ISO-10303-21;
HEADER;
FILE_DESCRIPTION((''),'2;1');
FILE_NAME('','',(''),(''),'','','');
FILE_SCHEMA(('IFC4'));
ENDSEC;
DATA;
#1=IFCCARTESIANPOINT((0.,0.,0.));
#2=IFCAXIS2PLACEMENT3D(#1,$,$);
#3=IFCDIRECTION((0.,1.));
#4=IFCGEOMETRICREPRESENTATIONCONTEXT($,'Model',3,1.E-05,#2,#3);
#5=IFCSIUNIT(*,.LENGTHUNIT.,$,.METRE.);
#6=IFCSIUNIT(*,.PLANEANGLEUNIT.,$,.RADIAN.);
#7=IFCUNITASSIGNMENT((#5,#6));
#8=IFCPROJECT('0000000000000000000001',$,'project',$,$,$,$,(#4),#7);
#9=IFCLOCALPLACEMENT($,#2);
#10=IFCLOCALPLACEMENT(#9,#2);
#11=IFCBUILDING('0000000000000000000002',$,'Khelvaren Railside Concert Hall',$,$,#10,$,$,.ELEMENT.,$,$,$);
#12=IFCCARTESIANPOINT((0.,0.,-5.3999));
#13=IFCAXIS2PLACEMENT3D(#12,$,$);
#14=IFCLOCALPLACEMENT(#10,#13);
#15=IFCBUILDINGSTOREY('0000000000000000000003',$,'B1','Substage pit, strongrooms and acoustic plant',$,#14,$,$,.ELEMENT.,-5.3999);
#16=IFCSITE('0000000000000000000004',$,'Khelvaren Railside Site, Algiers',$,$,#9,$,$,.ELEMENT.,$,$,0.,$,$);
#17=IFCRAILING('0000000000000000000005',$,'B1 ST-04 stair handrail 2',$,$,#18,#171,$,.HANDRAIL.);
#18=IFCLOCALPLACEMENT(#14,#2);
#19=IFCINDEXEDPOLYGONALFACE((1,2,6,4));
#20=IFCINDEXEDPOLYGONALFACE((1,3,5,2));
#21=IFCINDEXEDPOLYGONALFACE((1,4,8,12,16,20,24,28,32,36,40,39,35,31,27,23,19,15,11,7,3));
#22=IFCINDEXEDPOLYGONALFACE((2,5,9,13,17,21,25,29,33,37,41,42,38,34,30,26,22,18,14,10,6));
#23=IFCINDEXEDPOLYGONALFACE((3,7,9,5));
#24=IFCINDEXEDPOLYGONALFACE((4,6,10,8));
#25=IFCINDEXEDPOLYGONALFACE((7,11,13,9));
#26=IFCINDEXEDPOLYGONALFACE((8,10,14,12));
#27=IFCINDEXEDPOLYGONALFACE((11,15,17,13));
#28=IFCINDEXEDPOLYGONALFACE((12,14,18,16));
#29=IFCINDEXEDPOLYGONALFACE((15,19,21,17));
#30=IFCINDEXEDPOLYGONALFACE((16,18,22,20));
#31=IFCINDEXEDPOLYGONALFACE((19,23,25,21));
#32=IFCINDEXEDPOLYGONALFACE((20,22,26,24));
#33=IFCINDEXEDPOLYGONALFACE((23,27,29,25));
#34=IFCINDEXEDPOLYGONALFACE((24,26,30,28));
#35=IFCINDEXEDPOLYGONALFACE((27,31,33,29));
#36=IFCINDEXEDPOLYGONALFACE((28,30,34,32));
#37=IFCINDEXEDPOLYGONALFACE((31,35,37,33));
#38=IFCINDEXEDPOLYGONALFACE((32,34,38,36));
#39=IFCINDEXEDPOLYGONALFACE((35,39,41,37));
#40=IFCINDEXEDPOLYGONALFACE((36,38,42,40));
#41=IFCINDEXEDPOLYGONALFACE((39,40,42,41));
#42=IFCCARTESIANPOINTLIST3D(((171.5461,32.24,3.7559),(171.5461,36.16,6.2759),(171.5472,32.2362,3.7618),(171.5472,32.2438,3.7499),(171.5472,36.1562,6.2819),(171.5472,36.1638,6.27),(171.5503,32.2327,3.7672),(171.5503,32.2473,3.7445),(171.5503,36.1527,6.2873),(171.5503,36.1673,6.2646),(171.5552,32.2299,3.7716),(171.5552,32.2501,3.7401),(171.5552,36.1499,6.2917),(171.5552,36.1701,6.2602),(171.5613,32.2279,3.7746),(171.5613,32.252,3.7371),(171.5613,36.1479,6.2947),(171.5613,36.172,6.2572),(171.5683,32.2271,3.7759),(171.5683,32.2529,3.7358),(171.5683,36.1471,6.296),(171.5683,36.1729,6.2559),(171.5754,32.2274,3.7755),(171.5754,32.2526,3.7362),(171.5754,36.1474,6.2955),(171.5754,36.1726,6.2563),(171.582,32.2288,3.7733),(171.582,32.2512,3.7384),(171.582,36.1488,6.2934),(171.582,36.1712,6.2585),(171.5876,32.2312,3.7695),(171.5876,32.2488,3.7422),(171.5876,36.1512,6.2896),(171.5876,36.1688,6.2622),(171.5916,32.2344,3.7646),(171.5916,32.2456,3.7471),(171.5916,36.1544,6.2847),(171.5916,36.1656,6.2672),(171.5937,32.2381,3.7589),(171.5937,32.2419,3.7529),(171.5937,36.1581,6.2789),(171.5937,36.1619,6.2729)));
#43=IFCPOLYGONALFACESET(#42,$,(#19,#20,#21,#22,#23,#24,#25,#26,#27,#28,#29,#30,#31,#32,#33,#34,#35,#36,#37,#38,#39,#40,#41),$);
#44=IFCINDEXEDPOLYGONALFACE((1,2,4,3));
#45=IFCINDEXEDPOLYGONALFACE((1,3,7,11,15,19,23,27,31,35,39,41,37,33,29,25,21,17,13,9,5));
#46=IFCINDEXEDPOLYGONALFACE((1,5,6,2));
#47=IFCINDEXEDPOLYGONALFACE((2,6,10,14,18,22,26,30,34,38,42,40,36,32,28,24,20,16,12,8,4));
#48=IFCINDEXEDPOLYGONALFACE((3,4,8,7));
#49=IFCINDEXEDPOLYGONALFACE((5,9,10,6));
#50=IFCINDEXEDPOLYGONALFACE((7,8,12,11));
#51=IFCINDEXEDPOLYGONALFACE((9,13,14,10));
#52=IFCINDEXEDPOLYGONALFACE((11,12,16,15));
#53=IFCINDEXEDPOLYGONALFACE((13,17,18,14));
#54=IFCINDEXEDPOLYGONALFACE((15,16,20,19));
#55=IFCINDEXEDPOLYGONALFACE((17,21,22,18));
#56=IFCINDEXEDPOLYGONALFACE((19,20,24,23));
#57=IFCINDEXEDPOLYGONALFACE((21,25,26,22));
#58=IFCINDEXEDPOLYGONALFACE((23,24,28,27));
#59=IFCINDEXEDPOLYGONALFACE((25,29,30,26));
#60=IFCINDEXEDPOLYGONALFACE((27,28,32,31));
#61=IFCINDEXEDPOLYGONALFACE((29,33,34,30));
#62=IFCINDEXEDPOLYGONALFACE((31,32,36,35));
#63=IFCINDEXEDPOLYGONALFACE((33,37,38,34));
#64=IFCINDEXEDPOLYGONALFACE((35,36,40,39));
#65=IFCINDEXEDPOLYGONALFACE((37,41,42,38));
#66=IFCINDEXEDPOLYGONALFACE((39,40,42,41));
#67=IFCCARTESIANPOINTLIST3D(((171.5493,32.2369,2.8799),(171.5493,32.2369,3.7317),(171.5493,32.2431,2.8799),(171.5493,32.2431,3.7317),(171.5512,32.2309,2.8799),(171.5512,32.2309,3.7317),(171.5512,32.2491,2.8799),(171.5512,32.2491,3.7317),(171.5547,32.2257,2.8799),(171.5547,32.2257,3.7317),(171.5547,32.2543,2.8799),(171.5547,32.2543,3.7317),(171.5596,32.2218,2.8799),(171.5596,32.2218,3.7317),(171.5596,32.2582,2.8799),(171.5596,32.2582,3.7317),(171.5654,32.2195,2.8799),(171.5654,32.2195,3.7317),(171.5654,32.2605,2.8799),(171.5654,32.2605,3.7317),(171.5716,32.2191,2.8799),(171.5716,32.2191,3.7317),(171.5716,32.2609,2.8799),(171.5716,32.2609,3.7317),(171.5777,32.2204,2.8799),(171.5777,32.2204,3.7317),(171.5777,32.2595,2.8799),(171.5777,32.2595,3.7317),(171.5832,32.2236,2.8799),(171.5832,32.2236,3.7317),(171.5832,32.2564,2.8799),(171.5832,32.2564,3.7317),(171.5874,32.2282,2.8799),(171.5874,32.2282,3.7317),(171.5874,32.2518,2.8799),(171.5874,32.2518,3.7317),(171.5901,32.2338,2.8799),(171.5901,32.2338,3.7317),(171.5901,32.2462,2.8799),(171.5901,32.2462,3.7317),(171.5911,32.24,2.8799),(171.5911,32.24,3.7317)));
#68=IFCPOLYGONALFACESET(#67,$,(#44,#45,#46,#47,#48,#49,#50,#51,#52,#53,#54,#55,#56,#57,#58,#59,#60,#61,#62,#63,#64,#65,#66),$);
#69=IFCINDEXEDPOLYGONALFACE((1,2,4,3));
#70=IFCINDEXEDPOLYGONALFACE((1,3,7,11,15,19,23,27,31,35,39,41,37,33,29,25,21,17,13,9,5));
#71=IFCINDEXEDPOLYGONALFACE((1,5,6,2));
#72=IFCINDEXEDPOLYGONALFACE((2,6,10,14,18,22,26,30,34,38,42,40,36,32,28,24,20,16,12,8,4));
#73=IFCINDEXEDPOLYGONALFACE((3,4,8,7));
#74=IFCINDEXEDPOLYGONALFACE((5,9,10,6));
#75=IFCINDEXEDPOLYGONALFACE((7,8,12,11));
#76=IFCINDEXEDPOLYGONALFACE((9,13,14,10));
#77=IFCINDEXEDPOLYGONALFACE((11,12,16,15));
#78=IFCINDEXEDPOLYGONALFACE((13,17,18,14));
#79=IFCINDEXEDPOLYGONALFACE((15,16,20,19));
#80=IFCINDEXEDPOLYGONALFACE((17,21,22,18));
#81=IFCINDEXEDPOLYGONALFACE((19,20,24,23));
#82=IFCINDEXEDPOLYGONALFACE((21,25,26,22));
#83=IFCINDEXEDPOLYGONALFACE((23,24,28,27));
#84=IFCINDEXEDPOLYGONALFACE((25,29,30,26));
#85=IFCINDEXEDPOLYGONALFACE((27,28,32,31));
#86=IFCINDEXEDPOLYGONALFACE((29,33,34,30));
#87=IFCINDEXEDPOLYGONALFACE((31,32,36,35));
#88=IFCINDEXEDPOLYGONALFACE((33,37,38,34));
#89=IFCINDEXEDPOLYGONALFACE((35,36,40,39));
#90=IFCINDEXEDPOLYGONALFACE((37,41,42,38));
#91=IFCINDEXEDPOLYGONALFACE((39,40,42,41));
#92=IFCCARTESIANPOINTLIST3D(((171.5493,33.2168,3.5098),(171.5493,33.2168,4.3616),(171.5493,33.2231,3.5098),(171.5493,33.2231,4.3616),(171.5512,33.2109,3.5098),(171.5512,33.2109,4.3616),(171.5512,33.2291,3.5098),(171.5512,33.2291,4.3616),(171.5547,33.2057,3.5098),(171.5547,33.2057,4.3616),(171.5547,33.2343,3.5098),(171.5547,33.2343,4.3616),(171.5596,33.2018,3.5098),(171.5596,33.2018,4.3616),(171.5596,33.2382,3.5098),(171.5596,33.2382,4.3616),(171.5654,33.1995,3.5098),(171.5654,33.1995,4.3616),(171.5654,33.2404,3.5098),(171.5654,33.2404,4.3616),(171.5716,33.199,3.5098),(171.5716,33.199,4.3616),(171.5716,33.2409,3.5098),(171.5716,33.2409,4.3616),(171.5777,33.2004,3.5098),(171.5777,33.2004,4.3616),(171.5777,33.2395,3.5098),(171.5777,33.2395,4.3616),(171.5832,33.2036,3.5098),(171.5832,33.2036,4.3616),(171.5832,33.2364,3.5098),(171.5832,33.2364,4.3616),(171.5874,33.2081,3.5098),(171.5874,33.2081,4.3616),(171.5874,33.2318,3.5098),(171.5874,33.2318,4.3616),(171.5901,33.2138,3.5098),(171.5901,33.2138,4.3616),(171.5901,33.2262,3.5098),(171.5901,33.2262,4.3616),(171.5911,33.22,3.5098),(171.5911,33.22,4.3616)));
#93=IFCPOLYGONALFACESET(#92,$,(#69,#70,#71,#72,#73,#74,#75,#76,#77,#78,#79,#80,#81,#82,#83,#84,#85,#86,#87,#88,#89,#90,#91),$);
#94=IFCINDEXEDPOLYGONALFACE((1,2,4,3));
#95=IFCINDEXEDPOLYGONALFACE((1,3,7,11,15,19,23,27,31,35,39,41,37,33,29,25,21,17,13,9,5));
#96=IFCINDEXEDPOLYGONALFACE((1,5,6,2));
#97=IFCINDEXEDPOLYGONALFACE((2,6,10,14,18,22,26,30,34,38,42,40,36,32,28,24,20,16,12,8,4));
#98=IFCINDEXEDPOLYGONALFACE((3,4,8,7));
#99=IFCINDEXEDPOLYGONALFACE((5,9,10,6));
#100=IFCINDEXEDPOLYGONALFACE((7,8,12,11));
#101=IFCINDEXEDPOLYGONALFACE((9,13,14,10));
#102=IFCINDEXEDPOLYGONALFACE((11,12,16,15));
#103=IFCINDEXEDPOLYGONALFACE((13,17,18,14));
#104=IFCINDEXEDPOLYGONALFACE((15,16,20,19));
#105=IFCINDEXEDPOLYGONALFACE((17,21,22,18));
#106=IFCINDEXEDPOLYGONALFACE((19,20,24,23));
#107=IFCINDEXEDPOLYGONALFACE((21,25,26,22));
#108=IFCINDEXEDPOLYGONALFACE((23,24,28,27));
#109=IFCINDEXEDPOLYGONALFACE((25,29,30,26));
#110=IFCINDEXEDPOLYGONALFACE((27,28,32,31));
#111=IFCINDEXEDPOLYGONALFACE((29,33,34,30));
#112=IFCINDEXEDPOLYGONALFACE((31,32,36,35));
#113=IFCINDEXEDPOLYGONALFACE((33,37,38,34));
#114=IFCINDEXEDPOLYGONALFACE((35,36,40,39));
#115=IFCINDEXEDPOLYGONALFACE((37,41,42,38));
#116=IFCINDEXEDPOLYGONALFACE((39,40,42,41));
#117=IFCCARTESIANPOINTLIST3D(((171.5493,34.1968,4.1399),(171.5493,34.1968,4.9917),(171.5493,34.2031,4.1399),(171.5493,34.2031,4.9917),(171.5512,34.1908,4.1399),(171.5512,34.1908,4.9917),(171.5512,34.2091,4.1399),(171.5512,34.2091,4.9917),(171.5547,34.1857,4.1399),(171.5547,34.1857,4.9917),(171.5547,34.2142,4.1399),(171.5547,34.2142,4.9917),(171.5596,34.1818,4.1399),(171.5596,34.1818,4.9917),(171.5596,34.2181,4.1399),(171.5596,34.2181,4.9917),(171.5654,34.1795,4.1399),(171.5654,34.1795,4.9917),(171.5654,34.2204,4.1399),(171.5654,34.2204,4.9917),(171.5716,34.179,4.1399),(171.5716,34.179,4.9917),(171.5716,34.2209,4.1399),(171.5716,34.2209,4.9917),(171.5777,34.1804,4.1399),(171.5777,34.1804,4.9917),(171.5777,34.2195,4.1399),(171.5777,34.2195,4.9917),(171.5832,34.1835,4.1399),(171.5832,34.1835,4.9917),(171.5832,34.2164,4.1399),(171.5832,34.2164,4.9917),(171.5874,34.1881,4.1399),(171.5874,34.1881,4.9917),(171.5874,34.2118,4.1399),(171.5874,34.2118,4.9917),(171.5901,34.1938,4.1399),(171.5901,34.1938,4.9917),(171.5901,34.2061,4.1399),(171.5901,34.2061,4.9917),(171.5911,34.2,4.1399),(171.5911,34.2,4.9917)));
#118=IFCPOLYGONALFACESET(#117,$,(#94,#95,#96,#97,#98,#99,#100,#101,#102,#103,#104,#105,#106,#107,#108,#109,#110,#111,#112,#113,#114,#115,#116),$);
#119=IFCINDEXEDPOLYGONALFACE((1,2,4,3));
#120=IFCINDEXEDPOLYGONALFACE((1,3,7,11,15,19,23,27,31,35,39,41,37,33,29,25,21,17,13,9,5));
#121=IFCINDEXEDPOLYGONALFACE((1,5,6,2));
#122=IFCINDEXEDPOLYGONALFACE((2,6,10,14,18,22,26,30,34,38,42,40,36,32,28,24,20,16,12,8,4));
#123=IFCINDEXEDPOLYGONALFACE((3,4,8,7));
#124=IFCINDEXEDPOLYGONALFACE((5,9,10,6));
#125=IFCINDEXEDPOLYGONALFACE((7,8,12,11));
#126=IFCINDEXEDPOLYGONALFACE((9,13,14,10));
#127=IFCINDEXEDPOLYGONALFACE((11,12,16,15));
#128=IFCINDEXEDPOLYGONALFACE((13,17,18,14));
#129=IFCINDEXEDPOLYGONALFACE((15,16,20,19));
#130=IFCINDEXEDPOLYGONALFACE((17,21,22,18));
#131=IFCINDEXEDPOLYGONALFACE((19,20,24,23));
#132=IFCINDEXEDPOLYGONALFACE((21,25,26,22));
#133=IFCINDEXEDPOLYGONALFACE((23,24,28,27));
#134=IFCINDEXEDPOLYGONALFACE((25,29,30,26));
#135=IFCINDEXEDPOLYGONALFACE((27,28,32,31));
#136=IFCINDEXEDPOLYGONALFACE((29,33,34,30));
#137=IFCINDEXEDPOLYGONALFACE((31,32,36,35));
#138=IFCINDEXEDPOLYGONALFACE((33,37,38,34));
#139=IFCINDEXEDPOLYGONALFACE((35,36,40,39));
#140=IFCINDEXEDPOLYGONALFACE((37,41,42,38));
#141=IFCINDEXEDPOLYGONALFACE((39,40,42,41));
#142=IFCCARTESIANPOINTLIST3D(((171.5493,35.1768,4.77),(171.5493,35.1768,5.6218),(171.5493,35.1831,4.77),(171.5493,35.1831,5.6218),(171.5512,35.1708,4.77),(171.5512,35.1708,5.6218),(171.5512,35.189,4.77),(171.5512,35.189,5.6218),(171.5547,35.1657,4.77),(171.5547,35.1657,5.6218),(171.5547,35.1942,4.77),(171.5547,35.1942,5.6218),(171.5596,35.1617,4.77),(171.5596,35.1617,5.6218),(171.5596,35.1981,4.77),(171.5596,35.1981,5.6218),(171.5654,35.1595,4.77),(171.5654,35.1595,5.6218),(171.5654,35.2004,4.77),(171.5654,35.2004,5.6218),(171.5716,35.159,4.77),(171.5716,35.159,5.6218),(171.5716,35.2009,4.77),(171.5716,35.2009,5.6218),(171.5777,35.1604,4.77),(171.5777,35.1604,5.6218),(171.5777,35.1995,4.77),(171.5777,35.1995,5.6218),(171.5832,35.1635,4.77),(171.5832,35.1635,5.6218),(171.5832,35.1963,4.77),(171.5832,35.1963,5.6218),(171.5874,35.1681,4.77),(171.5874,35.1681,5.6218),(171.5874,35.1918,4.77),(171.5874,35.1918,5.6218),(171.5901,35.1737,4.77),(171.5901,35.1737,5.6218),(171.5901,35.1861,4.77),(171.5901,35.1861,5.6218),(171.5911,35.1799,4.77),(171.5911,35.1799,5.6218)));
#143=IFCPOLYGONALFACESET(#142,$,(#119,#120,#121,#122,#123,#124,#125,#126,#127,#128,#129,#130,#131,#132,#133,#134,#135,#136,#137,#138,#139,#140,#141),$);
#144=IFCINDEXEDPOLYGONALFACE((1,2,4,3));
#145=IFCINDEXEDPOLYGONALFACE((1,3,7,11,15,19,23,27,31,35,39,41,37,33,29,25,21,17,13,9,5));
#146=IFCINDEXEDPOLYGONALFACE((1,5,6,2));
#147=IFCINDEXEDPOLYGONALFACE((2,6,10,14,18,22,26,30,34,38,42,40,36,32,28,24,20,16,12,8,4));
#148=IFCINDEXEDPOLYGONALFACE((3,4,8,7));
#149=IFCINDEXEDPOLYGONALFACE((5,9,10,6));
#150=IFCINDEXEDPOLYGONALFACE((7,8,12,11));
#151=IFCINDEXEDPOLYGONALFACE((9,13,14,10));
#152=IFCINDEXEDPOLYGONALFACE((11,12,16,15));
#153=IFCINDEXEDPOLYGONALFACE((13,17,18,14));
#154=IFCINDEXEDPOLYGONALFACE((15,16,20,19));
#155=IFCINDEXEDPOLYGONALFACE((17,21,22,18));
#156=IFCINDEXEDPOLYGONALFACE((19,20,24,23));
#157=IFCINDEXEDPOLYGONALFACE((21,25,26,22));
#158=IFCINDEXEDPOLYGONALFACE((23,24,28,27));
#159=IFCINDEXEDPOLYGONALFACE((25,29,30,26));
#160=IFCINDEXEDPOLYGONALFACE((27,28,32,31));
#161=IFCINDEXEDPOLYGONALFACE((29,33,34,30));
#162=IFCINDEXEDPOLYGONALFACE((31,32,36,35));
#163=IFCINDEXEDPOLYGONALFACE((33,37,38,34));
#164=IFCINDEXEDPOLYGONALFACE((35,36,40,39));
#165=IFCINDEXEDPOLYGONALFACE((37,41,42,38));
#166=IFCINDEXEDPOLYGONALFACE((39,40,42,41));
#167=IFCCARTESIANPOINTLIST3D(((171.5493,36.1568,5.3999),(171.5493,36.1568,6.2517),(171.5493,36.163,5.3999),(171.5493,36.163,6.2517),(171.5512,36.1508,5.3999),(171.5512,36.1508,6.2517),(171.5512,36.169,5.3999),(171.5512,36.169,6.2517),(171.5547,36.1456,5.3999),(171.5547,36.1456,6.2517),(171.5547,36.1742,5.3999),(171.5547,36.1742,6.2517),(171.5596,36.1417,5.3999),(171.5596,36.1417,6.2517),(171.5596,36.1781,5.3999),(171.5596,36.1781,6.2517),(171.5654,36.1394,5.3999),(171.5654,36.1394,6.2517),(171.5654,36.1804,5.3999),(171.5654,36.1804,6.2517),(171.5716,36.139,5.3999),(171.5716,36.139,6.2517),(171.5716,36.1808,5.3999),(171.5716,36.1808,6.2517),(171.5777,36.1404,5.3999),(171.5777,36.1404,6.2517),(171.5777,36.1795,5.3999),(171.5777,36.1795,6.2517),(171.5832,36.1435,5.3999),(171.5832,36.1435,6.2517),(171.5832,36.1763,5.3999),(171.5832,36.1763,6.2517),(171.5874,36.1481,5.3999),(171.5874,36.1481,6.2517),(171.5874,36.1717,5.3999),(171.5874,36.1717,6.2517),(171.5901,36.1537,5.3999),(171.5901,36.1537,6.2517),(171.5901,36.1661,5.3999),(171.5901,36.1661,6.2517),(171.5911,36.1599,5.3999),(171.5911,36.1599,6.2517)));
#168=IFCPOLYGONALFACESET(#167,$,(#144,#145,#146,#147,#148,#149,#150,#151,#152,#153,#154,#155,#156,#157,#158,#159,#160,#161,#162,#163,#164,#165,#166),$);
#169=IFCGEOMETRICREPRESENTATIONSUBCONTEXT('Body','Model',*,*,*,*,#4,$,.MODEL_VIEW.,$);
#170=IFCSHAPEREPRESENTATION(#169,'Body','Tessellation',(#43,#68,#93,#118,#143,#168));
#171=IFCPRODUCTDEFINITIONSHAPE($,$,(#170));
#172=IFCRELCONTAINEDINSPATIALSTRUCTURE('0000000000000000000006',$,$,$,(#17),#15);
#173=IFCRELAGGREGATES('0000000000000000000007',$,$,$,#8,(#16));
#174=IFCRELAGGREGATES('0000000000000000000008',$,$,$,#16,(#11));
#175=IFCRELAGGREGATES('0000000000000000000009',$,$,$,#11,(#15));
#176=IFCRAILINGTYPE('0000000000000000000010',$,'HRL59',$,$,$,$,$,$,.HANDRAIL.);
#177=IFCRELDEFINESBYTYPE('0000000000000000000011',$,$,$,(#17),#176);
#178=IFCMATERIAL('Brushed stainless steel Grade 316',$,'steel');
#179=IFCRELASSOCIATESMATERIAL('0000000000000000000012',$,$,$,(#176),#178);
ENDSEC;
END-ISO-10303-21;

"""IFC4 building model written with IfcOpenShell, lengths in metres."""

from ifc_helpers import new_model, si_unit, direction, frame, origin, origin_2d, place, context, subcontext, project, spatial, circle, extrude, material, type_object, element, save


model = new_model("IFC4")

# Units and contexts
model_context = context("Model", 3, precision=1e-05, world=origin(), true_north=direction((0.0, 1.0)))
body_context = subcontext(model_context, "Body", "Model", "MODEL_VIEW")
ifc_project = project(units=[si_unit("LENGTHUNIT", "METRE"), si_unit("PLANEANGLEUNIT", "RADIAN")], contexts=[model_context])

# Site, building, storey
site_placement = place(None, origin())
site = spatial("IfcSite", under=ifc_project, at=site_placement, Name="Khelvaren Railside Site, Algiers", CompositionType="ELEMENT", RefElevation=0.0)
building_placement = place(site_placement, origin())
building = spatial("IfcBuilding", under=site, at=building_placement, Name="Khelvaren Railside Concert Hall", CompositionType="ELEMENT")
storey_placement = place(building_placement, frame((0.0, 0.0, -5.3999)))
storey = spatial("IfcBuildingStorey", under=building, at=storey_placement, Name="B1", Description="Substage pit, strongrooms and acoustic plant", CompositionType="ELEMENT", Elevation=-5.3999)

# Railing
ifc_material_1 = material(Name="Brushed stainless steel Grade 316", Category="steel")
railing_type_1 = type_object("IfcRailingType", Name="HRL59", PredefinedType="HANDRAIL", material=ifc_material_1)
railing_1_placement = place(storey_placement, frame((171.5701, 32.24, 2.8799)))
element("IfcRailing", 1, at=railing_1_placement, inside=storey, type_object=railing_type_1, Name="B1 ST-04 stair handrail 2", PredefinedType="HANDRAIL", context=body_context, shape_type="SweptSolid", body=[
    extrude(circle(Radius=0.0239, at=origin_2d()), frame((0.0, 0.0, 0.876), z_axis=(0.0, 0.841172, 0.540768), x_axis=(-1.0, 0.0, 0.0)), (0.0, 0.0, 1.0), 4.6602),
    extrude(circle(Radius=0.021, at=origin_2d()), origin(), (0.0, 0.0, 1.0), 0.8518),
    extrude(circle(Radius=0.021, at=origin_2d()), frame((0.0, 0.98, 0.6299)), (0.0, 0.0, 1.0), 0.8518),
    extrude(circle(Radius=0.021, at=origin_2d()), frame((0.0, 1.96, 1.26)), (0.0, 0.0, 1.0), 0.8518),
    extrude(circle(Radius=0.021, at=origin_2d()), frame((0.0, 2.9399, 1.8901)), (0.0, 0.0, 1.0), 0.8518),
    extrude(circle(Radius=0.021, at=origin_2d()), frame((0.0, 3.9199, 2.52)), (0.0, 0.0, 1.0), 0.8518),
])

save(model, "model.ifc")
